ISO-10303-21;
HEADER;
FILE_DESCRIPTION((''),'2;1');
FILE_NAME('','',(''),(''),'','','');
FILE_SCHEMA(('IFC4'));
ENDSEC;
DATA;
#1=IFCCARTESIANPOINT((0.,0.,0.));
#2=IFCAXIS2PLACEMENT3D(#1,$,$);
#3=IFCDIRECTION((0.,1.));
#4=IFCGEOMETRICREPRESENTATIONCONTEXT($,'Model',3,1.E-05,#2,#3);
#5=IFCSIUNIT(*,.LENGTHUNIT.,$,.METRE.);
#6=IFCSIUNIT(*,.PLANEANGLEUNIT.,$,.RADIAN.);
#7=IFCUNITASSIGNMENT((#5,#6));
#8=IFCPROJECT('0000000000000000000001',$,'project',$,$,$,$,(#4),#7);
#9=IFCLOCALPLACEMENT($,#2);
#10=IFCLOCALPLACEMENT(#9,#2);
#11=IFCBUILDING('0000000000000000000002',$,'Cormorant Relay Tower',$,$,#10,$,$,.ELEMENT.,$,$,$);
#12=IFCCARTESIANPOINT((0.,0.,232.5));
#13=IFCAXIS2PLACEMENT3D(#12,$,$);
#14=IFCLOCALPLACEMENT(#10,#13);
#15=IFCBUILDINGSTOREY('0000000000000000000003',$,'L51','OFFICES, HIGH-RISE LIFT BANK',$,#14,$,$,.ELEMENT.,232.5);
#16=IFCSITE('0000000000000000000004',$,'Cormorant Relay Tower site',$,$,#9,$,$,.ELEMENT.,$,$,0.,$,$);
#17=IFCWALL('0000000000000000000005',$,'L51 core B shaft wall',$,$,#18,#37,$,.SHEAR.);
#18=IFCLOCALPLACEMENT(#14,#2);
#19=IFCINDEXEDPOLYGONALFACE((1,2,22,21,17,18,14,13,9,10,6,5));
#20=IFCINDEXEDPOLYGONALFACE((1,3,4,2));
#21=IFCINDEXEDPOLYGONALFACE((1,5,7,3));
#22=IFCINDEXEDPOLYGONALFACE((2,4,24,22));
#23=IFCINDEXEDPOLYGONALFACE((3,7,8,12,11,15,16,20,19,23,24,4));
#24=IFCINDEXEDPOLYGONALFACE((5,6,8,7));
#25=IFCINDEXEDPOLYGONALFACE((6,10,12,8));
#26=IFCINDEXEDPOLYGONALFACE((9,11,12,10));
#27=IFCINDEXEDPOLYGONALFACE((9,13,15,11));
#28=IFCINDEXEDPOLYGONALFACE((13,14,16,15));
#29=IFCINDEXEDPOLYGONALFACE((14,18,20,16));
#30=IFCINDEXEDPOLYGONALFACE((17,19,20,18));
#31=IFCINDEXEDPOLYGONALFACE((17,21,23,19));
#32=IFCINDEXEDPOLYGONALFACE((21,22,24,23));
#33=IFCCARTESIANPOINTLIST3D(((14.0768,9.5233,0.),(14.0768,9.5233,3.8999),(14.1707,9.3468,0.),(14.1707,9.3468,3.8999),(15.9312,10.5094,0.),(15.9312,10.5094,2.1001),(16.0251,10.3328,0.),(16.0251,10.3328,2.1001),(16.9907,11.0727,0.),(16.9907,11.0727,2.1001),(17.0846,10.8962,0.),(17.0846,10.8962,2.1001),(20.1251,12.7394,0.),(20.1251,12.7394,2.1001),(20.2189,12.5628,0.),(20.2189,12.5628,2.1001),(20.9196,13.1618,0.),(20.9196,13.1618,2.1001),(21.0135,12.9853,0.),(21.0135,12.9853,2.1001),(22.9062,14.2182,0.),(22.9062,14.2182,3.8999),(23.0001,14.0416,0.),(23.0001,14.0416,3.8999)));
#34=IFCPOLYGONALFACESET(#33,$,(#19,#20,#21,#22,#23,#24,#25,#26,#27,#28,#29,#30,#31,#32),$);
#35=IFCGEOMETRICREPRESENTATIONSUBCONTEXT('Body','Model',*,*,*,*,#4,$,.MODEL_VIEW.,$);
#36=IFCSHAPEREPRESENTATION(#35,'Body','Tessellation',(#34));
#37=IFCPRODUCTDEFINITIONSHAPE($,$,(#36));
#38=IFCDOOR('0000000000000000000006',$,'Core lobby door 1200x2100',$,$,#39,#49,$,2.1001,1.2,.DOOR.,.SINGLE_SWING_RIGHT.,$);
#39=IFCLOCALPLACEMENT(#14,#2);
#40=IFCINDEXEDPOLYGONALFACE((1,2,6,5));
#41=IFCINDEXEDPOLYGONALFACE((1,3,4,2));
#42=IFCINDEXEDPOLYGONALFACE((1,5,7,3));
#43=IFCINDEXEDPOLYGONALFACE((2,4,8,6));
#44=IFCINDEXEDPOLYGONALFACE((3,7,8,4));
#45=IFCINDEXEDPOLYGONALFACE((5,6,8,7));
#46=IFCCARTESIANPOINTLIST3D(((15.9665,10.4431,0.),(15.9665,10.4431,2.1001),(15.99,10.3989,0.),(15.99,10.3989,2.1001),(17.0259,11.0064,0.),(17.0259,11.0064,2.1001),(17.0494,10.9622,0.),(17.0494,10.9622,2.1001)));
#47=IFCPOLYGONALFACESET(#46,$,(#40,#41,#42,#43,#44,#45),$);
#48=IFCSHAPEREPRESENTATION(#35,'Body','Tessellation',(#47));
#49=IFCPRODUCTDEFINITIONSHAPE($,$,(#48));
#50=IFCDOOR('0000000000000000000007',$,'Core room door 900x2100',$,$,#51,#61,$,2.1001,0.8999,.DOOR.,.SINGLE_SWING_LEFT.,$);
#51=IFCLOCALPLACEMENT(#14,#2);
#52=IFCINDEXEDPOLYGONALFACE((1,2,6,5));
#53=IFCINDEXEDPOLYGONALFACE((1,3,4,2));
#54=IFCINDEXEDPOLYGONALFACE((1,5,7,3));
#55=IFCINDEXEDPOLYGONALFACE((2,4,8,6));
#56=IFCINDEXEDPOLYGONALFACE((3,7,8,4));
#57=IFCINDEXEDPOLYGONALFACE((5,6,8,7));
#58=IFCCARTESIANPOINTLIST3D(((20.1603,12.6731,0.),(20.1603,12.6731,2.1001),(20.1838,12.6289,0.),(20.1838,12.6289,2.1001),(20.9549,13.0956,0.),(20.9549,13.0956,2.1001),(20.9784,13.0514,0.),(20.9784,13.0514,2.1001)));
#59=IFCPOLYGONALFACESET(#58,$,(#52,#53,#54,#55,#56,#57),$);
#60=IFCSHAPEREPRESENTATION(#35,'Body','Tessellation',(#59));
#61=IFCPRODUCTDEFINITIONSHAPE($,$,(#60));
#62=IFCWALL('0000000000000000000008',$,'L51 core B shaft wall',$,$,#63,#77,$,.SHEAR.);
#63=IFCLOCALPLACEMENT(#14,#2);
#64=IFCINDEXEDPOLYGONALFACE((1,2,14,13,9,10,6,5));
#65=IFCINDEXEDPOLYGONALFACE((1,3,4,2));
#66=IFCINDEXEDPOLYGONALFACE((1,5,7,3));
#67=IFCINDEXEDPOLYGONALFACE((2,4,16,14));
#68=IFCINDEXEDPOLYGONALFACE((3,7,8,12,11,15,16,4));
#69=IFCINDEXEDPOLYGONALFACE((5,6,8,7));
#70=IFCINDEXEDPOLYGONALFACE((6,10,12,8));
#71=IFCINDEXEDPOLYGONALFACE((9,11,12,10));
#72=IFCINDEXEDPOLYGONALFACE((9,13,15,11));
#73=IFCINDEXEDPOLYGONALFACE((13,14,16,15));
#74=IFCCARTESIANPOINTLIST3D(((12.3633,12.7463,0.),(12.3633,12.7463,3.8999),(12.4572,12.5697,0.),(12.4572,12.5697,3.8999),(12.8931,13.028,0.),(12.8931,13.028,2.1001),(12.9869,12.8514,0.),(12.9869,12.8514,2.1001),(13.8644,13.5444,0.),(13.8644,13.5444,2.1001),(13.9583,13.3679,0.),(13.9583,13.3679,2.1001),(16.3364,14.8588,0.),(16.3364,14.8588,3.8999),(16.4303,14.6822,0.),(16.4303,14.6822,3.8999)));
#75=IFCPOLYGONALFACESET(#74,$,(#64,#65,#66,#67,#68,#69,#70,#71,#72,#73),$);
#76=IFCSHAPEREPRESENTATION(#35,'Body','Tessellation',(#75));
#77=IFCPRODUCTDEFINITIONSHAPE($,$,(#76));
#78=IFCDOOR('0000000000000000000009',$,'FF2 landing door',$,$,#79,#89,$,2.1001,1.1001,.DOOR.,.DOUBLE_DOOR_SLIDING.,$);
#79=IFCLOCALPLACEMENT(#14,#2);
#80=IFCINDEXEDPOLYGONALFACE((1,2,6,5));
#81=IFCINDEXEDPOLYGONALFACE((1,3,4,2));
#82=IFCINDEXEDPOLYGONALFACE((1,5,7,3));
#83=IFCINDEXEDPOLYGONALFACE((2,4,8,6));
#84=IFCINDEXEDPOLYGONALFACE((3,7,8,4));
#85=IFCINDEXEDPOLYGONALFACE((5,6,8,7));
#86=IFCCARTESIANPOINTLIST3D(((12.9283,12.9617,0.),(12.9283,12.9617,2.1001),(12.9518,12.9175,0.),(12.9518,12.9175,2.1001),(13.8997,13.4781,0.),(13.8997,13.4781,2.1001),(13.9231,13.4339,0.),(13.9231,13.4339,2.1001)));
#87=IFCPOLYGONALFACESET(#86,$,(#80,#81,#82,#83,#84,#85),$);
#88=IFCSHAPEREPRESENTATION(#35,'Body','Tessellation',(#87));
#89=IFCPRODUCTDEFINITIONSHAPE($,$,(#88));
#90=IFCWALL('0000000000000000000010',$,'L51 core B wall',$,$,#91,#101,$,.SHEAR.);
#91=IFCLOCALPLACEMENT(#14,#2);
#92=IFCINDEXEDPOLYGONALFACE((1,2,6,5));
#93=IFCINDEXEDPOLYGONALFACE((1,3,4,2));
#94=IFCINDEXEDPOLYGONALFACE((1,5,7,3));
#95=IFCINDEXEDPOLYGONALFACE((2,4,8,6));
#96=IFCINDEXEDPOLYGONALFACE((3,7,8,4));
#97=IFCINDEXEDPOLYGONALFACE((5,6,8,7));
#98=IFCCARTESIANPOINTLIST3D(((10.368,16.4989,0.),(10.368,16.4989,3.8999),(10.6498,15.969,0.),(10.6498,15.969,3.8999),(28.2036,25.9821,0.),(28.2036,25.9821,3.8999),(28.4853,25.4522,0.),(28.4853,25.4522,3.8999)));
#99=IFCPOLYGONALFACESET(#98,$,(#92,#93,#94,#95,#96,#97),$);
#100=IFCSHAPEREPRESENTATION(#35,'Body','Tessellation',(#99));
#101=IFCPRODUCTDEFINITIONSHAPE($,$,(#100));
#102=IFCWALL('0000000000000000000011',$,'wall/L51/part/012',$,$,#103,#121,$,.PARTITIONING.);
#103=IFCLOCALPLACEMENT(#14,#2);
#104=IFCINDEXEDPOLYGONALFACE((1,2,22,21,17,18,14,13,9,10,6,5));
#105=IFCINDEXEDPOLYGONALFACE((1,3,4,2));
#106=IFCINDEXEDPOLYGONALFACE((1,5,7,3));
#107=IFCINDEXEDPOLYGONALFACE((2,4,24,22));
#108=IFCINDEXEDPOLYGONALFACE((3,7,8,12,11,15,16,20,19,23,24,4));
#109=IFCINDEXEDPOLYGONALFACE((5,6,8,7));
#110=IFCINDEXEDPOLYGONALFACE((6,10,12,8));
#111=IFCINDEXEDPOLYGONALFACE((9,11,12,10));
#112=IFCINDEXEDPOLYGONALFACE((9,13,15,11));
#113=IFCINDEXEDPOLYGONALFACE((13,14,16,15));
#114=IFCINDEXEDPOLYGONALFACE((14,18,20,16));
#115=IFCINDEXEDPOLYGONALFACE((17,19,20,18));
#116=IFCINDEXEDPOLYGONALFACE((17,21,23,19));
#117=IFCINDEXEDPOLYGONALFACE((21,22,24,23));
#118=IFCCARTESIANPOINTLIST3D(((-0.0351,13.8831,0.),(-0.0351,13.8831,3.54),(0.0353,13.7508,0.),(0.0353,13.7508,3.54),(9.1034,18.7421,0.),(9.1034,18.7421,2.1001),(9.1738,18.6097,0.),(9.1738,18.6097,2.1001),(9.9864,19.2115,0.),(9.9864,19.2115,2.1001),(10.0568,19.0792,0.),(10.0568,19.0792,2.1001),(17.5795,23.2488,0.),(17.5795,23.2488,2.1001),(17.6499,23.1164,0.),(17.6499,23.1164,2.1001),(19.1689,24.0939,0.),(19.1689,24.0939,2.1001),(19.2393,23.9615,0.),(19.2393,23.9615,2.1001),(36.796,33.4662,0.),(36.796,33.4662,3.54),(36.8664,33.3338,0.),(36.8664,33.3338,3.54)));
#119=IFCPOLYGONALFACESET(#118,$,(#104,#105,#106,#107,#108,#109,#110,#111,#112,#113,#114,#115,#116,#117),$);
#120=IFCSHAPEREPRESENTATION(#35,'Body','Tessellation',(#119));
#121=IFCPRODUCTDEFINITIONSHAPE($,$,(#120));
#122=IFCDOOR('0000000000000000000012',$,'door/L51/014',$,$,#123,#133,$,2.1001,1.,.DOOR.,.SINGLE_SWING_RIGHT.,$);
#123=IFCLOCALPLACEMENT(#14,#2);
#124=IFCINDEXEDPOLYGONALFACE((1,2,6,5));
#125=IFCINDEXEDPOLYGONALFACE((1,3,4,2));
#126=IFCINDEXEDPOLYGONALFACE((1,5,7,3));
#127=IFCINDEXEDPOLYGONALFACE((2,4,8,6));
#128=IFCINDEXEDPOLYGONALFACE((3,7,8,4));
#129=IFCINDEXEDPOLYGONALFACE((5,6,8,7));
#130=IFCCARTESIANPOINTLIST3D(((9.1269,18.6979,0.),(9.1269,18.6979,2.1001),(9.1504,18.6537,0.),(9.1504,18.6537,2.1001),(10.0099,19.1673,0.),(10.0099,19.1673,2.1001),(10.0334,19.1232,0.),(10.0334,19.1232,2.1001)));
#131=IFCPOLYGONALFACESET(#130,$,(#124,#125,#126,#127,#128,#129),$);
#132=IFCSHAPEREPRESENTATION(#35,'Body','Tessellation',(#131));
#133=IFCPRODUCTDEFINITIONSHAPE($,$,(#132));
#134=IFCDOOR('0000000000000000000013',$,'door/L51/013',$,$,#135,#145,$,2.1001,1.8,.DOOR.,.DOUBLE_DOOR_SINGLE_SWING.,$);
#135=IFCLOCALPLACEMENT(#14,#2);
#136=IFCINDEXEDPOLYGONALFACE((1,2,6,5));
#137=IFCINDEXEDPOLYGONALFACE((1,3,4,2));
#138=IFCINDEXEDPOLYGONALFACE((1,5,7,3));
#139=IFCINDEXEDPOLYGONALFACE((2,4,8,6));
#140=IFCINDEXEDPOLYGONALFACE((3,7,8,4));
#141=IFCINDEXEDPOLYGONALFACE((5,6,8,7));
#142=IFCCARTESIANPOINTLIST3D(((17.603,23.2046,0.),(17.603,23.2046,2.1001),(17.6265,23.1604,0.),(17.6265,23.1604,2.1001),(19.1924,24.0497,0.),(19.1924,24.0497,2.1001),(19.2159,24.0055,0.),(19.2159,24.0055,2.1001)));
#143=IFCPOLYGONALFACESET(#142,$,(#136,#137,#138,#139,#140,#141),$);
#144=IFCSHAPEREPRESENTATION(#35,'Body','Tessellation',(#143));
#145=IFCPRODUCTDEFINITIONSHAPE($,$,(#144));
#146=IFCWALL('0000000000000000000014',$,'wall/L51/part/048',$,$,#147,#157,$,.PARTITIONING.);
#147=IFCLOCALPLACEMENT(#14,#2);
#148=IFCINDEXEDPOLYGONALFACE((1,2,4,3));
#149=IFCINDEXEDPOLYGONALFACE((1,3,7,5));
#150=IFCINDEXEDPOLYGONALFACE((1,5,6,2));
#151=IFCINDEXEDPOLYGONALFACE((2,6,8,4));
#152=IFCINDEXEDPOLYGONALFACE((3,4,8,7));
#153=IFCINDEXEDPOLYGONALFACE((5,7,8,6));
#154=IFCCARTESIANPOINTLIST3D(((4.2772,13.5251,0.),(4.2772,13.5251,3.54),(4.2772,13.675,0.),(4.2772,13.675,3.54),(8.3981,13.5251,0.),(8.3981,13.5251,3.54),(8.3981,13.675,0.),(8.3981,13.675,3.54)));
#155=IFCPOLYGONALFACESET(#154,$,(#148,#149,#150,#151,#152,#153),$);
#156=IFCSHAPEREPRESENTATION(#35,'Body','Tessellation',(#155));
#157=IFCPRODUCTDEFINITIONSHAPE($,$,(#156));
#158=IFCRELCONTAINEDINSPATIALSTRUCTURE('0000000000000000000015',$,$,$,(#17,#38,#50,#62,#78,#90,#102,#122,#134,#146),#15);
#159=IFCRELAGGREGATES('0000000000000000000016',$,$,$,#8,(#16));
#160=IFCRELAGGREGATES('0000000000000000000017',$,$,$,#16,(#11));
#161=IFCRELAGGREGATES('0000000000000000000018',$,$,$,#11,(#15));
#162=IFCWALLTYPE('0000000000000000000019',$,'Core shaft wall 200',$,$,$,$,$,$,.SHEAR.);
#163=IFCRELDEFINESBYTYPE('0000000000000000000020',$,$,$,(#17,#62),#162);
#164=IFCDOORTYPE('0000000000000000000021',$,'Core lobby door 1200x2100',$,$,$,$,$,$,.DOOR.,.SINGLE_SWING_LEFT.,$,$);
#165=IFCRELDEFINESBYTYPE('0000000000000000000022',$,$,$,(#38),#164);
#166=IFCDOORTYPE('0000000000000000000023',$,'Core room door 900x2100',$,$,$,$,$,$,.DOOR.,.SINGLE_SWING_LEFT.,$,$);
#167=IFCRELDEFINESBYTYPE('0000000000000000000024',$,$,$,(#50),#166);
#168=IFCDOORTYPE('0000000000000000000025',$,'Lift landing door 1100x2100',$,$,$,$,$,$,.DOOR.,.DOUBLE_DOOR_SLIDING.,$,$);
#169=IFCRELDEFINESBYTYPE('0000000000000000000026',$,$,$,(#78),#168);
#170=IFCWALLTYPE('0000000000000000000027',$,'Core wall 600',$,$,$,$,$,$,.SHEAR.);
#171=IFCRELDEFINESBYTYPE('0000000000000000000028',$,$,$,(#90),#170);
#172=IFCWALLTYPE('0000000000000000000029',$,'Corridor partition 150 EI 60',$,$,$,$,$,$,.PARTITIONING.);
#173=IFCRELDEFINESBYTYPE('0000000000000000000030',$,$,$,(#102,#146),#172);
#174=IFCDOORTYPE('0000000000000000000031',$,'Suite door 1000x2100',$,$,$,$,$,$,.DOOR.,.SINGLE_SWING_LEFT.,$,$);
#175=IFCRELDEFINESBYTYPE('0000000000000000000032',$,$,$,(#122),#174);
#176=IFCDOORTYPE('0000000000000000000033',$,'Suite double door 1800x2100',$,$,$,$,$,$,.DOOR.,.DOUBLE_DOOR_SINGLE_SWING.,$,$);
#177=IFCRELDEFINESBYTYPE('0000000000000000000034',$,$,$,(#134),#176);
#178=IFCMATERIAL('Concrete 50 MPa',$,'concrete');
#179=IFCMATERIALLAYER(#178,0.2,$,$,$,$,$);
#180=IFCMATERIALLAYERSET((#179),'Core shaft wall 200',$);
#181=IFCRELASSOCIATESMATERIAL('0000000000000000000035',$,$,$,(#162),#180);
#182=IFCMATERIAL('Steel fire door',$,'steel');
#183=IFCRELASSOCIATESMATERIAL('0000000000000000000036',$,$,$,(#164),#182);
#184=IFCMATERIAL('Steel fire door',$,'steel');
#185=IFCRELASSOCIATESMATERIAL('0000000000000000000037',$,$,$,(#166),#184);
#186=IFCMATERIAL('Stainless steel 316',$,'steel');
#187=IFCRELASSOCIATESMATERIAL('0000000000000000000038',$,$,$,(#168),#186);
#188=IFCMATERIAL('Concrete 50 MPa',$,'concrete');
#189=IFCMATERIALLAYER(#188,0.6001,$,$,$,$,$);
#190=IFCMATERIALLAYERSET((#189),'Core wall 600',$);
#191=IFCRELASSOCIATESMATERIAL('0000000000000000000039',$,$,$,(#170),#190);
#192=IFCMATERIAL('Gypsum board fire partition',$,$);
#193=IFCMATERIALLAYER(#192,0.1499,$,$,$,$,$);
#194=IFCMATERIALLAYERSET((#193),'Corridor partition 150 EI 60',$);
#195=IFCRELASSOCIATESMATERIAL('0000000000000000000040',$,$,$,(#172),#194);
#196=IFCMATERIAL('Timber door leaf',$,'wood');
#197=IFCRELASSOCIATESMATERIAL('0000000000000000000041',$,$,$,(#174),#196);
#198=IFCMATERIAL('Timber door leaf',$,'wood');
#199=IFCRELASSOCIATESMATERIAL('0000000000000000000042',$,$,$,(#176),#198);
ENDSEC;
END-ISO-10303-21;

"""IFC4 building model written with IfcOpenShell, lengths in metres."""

from ifc_helpers import new_model, si_unit, direction, frame, frame_2d, origin, place, context, subcontext, project, spatial, rectangle, extrude, material, layer, layer_set, type_object, element, fill, save


model = new_model("IFC4")

# Units and contexts
model_context = context("Model", 3, precision=1e-05, world=origin(), true_north=direction((0.0, 1.0)))
body_context = subcontext(model_context, "Body", "Model", "MODEL_VIEW")
ifc_project = project(units=[si_unit("LENGTHUNIT", "METRE"), si_unit("PLANEANGLEUNIT", "RADIAN")], contexts=[model_context])

# Site, building, storey
site_placement = place(None, origin())
site = spatial("IfcSite", under=ifc_project, at=site_placement, Name="Cormorant Relay Tower site", CompositionType="ELEMENT", RefElevation=0.0)
building_placement = place(site_placement, origin())
building = spatial("IfcBuilding", under=site, at=building_placement, Name="Cormorant Relay Tower", CompositionType="ELEMENT")
storey_placement = place(building_placement, frame((0.0, 0.0, 232.5)))
storey = spatial("IfcBuildingStorey", under=building, at=storey_placement, Name="L51", Description="OFFICES, HIGH-RISE LIFT BANK", CompositionType="ELEMENT", Elevation=232.5)

# Shared definitions
ifc_material_1 = material(Name="Concrete 50 MPa", Category="concrete")
ifc_layer_1 = layer(ifc_material_1, 0.2)
ifc_layer_set_1 = layer_set([ifc_layer_1], Name="Core shaft wall 200")
wall_type_1 = type_object("IfcWallType", Name="Core shaft wall 200", PredefinedType="SHEAR", material=ifc_layer_set_1)

# Wall, openings, doors
wall_1_placement = place(storey_placement, frame((14.1238, 9.4351, 0.0), z_axis=(0.0, 0.0, 1.0), x_axis=(0.88294, 0.469485, 0.0)))
wall_1 = element("IfcWall", 1, at=wall_1_placement, inside=storey, type_object=wall_type_1, Name="L51 core B shaft wall", PredefinedType="SHEAR", context=body_context, shape_type="SweptSolid", body=[
    extrude(rectangle(XDim=10.0, YDim=0.2, at=frame_2d((5.0, 0.0))), origin(), (0.0, 0.0, 1.0), 3.8999),
])
opening_1_placement = place(wall_1_placement, frame((2.1001, 0.0, 0.0)))
opening_1 = element("IfcOpeningElement", 2, at=opening_1_placement, cuts=wall_1, PredefinedType="OPENING", context=body_context, shape_type="SweptSolid", body=[
    extrude(rectangle(XDim=1.2, YDim=2.1001, at=frame_2d((0.6001, 1.05))), frame((0.0, 0.1099, 0.0), z_axis=(0.0, -1.0, 0.0), x_axis=(1.0, 0.0, 0.0)), (0.0, 0.0, 1.0), 0.22),
])
opening_2_placement = place(wall_1_placement, frame((6.8501, 0.0, 0.0)))
opening_2 = element("IfcOpeningElement", 3, at=opening_2_placement, cuts=wall_1, PredefinedType="OPENING", context=body_context, shape_type="SweptSolid", body=[
    extrude(rectangle(XDim=0.8999, YDim=2.1001, at=frame_2d((0.45, 1.05))), frame((0.0, 0.1099, 0.0), z_axis=(0.0, -1.0, 0.0), x_axis=(1.0, 0.0, 0.0)), (0.0, 0.0, 1.0), 0.22),
])
ifc_material_2 = material(Name="Steel fire door", Category="steel")
door_type_1 = type_object("IfcDoorType", Name="Core lobby door 1200x2100", OperationType="SINGLE_SWING_LEFT", PredefinedType="DOOR", material=ifc_material_2)
door_1_placement = place(opening_1_placement, origin())
door_1 = element("IfcDoor", 4, at=door_1_placement, inside=storey, type_object=door_type_1, Name="Core lobby door 1200x2100", OperationType="SINGLE_SWING_RIGHT", OverallHeight=2.1001, OverallWidth=1.2, PredefinedType="DOOR", context=body_context, shape_type="SweptSolid", body=[
    extrude(rectangle(XDim=1.2, YDim=2.1001, at=frame_2d((0.6001, 1.05))), frame((0.0, 0.0249, 0.0), z_axis=(0.0, -1.0, 0.0), x_axis=(1.0, 0.0, 0.0)), (0.0, 0.0, 1.0), 0.05),
])
fill(opening_1, door_1)
ifc_material_3 = material(Name="Steel fire door", Category="steel")
door_type_2 = type_object("IfcDoorType", Name="Core room door 900x2100", OperationType="SINGLE_SWING_LEFT", PredefinedType="DOOR", material=ifc_material_3)
door_2_placement = place(opening_2_placement, origin())
door_2 = element("IfcDoor", 5, at=door_2_placement, inside=storey, type_object=door_type_2, Name="Core room door 900x2100", OperationType="SINGLE_SWING_LEFT", OverallHeight=2.1001, OverallWidth=0.8999, PredefinedType="DOOR", context=body_context, shape_type="SweptSolid", body=[
    extrude(rectangle(XDim=0.8999, YDim=2.1001, at=frame_2d((0.45, 1.05))), frame((0.0, 0.0249, 0.0), z_axis=(0.0, -1.0, 0.0), x_axis=(1.0, 0.0, 0.0)), (0.0, 0.0, 1.0), 0.05),
])
fill(opening_2, door_2)

# Wall, opening, door
wall_2_placement = place(storey_placement, frame((12.4102, 12.658, 0.0), z_axis=(0.0, 0.0, 1.0), x_axis=(0.882948, 0.46947, 0.0)))
wall_2 = element("IfcWall", 6, at=wall_2_placement, inside=storey, type_object=wall_type_1, Name="L51 core B shaft wall", PredefinedType="SHEAR", context=body_context, shape_type="SweptSolid", body=[
    extrude(rectangle(XDim=4.4998, YDim=0.2, at=frame_2d((2.25, 0.0))), origin(), (0.0, 0.0, 1.0), 3.8999),
])
opening_3_placement = place(wall_2_placement, frame((0.6001, 0.0, 0.0)))
opening_3 = element("IfcOpeningElement", 7, at=opening_3_placement, cuts=wall_2, PredefinedType="OPENING", context=body_context, shape_type="SweptSolid", body=[
    extrude(rectangle(XDim=1.1001, YDim=2.1001, at=frame_2d((0.55, 1.05))), frame((0.0, 0.1099, 0.0), z_axis=(0.0, -1.0, 0.0), x_axis=(1.0, 0.0, 0.0)), (0.0, 0.0, 1.0), 0.22),
])
ifc_material_4 = material(Name="Stainless steel 316", Category="steel")
door_type_3 = type_object("IfcDoorType", Name="Lift landing door 1100x2100", OperationType="DOUBLE_DOOR_SLIDING", PredefinedType="DOOR", material=ifc_material_4)
door_3_placement = place(opening_3_placement, origin())
door_3 = element("IfcDoor", 8, at=door_3_placement, inside=storey, type_object=door_type_3, Name="FF2 landing door", OperationType="DOUBLE_DOOR_SLIDING", OverallHeight=2.1001, OverallWidth=1.1001, PredefinedType="DOOR", context=body_context, shape_type="SweptSolid", body=[
    extrude(rectangle(XDim=1.1001, YDim=2.1001, at=frame_2d((0.55, 1.05))), frame((0.0, 0.0249, 0.0), z_axis=(0.0, -1.0, 0.0), x_axis=(1.0, 0.0, 0.0)), (0.0, 0.0, 1.0), 0.05),
])
fill(opening_3, door_3)

# Wall
ifc_material_5 = material(Name="Concrete 50 MPa", Category="concrete")
ifc_layer_2 = layer(ifc_material_5, 0.6001)
ifc_layer_set_2 = layer_set([ifc_layer_2], Name="Core wall 600")
wall_type_2 = type_object("IfcWallType", Name="Core wall 600", PredefinedType="SHEAR", material=ifc_layer_set_2)
wall_3_placement = place(storey_placement, frame((10.5088, 16.2339, 0.0), z_axis=(0.0, 0.0, 1.0), x_axis=(0.88295, 0.469467, 0.0)))
element("IfcWall", 9, at=wall_3_placement, inside=storey, type_object=wall_type_2, Name="L51 core B wall", PredefinedType="SHEAR", context=body_context, shape_type="SweptSolid", body=[
    extrude(rectangle(XDim=20.2, YDim=0.6001, at=frame_2d((10.1001, 0.0))), origin(), (0.0, 0.0, 1.0), 3.8999),
])

# Wall, openings, doors
ifc_material_6 = material(Name="Gypsum board fire partition")
ifc_layer_3 = layer(ifc_material_6, 0.1499)
ifc_layer_set_3 = layer_set([ifc_layer_3], Name="Corridor partition 150 EI 60")
wall_type_3 = type_object("IfcWallType", Name="Corridor partition 150 EI 60", PredefinedType="PARTITIONING", material=ifc_layer_set_3)
wall_4_placement = place(storey_placement, frame((0.0, 13.8169, 0.0), z_axis=(0.0, 0.0, 1.0), x_axis=(0.882952, 0.469464, 0.0)))
wall_4 = element("IfcWall", 10, at=wall_4_placement, inside=storey, type_object=wall_type_3, Name="wall/L51/part/012", PredefinedType="PARTITIONING", context=body_context, shape_type="SweptSolid", body=[
    extrude(rectangle(XDim=41.7136, YDim=0.1499, at=frame_2d((20.8569, 0.0))), origin(), (0.0, 0.0, 1.0), 3.54),
])
opening_4_placement = place(wall_4_placement, frame((19.95, 0.0, 0.0)))
opening_4 = element("IfcOpeningElement", 11, at=opening_4_placement, cuts=wall_4, PredefinedType="OPENING", context=body_context, shape_type="SweptSolid", body=[
    extrude(rectangle(XDim=1.8, YDim=2.1001, at=frame_2d((0.8999, 1.05))), frame((0.0, 0.085, 0.0), z_axis=(0.0, -1.0, 0.0), x_axis=(1.0, 0.0, 0.0)), (0.0, 0.0, 1.0), 0.1699),
])
opening_5_placement = place(wall_4_placement, frame((10.3501, 0.0, 0.0)))
opening_5 = element("IfcOpeningElement", 12, at=opening_5_placement, cuts=wall_4, PredefinedType="OPENING", context=body_context, shape_type="SweptSolid", body=[
    extrude(rectangle(XDim=1.0, YDim=2.1001, at=frame_2d((0.5, 1.05))), frame((0.0, 0.085, 0.0), z_axis=(0.0, -1.0, 0.0), x_axis=(1.0, 0.0, 0.0)), (0.0, 0.0, 1.0), 0.1699),
])
ifc_material_7 = material(Name="Timber door leaf", Category="wood")
door_type_4 = type_object("IfcDoorType", Name="Suite door 1000x2100", OperationType="SINGLE_SWING_LEFT", PredefinedType="DOOR", material=ifc_material_7)
door_4_placement = place(opening_5_placement, origin())
door_4 = element("IfcDoor", 13, at=door_4_placement, inside=storey, type_object=door_type_4, Name="door/L51/014", OperationType="SINGLE_SWING_RIGHT", OverallHeight=2.1001, OverallWidth=1.0, PredefinedType="DOOR", context=body_context, shape_type="SweptSolid", body=[
    extrude(rectangle(XDim=1.0, YDim=2.1001, at=frame_2d((0.5, 1.05))), frame((0.0, 0.0249, 0.0), z_axis=(0.0, -1.0, 0.0), x_axis=(1.0, 0.0, 0.0)), (0.0, 0.0, 1.0), 0.05),
])
fill(opening_5, door_4)
ifc_material_8 = material(Name="Timber door leaf", Category="wood")
door_type_5 = type_object("IfcDoorType", Name="Suite double door 1800x2100", OperationType="DOUBLE_DOOR_SINGLE_SWING", PredefinedType="DOOR", material=ifc_material_8)
door_5_placement = place(opening_4_placement, origin())
door_5 = element("IfcDoor", 14, at=door_5_placement, inside=storey, type_object=door_type_5, Name="door/L51/013", OperationType="DOUBLE_DOOR_SINGLE_SWING", OverallHeight=2.1001, OverallWidth=1.8, PredefinedType="DOOR", context=body_context, shape_type="SweptSolid", body=[
    extrude(rectangle(XDim=1.8, YDim=2.1001, at=frame_2d((0.8999, 1.05))), frame((0.0, 0.0249, 0.0), z_axis=(0.0, -1.0, 0.0), x_axis=(1.0, 0.0, 0.0)), (0.0, 0.0, 1.0), 0.05),
])
fill(opening_4, door_5)

# Wall
wall_5_placement = place(storey_placement, frame((4.2771, 13.6001, 0.0), z_axis=(0.0, 0.0, 1.0), x_axis=(1.0, 0.0, 0.0)))
element("IfcWall", 15, at=wall_5_placement, inside=storey, type_object=wall_type_3, Name="wall/L51/part/048", PredefinedType="PARTITIONING", context=body_context, shape_type="SweptSolid", body=[
    extrude(rectangle(XDim=4.1208, YDim=0.1499, at=frame_2d((2.0605, 0.0))), origin(), (0.0, 0.0, 1.0), 3.54),
])

save(model, "model.ifc")
